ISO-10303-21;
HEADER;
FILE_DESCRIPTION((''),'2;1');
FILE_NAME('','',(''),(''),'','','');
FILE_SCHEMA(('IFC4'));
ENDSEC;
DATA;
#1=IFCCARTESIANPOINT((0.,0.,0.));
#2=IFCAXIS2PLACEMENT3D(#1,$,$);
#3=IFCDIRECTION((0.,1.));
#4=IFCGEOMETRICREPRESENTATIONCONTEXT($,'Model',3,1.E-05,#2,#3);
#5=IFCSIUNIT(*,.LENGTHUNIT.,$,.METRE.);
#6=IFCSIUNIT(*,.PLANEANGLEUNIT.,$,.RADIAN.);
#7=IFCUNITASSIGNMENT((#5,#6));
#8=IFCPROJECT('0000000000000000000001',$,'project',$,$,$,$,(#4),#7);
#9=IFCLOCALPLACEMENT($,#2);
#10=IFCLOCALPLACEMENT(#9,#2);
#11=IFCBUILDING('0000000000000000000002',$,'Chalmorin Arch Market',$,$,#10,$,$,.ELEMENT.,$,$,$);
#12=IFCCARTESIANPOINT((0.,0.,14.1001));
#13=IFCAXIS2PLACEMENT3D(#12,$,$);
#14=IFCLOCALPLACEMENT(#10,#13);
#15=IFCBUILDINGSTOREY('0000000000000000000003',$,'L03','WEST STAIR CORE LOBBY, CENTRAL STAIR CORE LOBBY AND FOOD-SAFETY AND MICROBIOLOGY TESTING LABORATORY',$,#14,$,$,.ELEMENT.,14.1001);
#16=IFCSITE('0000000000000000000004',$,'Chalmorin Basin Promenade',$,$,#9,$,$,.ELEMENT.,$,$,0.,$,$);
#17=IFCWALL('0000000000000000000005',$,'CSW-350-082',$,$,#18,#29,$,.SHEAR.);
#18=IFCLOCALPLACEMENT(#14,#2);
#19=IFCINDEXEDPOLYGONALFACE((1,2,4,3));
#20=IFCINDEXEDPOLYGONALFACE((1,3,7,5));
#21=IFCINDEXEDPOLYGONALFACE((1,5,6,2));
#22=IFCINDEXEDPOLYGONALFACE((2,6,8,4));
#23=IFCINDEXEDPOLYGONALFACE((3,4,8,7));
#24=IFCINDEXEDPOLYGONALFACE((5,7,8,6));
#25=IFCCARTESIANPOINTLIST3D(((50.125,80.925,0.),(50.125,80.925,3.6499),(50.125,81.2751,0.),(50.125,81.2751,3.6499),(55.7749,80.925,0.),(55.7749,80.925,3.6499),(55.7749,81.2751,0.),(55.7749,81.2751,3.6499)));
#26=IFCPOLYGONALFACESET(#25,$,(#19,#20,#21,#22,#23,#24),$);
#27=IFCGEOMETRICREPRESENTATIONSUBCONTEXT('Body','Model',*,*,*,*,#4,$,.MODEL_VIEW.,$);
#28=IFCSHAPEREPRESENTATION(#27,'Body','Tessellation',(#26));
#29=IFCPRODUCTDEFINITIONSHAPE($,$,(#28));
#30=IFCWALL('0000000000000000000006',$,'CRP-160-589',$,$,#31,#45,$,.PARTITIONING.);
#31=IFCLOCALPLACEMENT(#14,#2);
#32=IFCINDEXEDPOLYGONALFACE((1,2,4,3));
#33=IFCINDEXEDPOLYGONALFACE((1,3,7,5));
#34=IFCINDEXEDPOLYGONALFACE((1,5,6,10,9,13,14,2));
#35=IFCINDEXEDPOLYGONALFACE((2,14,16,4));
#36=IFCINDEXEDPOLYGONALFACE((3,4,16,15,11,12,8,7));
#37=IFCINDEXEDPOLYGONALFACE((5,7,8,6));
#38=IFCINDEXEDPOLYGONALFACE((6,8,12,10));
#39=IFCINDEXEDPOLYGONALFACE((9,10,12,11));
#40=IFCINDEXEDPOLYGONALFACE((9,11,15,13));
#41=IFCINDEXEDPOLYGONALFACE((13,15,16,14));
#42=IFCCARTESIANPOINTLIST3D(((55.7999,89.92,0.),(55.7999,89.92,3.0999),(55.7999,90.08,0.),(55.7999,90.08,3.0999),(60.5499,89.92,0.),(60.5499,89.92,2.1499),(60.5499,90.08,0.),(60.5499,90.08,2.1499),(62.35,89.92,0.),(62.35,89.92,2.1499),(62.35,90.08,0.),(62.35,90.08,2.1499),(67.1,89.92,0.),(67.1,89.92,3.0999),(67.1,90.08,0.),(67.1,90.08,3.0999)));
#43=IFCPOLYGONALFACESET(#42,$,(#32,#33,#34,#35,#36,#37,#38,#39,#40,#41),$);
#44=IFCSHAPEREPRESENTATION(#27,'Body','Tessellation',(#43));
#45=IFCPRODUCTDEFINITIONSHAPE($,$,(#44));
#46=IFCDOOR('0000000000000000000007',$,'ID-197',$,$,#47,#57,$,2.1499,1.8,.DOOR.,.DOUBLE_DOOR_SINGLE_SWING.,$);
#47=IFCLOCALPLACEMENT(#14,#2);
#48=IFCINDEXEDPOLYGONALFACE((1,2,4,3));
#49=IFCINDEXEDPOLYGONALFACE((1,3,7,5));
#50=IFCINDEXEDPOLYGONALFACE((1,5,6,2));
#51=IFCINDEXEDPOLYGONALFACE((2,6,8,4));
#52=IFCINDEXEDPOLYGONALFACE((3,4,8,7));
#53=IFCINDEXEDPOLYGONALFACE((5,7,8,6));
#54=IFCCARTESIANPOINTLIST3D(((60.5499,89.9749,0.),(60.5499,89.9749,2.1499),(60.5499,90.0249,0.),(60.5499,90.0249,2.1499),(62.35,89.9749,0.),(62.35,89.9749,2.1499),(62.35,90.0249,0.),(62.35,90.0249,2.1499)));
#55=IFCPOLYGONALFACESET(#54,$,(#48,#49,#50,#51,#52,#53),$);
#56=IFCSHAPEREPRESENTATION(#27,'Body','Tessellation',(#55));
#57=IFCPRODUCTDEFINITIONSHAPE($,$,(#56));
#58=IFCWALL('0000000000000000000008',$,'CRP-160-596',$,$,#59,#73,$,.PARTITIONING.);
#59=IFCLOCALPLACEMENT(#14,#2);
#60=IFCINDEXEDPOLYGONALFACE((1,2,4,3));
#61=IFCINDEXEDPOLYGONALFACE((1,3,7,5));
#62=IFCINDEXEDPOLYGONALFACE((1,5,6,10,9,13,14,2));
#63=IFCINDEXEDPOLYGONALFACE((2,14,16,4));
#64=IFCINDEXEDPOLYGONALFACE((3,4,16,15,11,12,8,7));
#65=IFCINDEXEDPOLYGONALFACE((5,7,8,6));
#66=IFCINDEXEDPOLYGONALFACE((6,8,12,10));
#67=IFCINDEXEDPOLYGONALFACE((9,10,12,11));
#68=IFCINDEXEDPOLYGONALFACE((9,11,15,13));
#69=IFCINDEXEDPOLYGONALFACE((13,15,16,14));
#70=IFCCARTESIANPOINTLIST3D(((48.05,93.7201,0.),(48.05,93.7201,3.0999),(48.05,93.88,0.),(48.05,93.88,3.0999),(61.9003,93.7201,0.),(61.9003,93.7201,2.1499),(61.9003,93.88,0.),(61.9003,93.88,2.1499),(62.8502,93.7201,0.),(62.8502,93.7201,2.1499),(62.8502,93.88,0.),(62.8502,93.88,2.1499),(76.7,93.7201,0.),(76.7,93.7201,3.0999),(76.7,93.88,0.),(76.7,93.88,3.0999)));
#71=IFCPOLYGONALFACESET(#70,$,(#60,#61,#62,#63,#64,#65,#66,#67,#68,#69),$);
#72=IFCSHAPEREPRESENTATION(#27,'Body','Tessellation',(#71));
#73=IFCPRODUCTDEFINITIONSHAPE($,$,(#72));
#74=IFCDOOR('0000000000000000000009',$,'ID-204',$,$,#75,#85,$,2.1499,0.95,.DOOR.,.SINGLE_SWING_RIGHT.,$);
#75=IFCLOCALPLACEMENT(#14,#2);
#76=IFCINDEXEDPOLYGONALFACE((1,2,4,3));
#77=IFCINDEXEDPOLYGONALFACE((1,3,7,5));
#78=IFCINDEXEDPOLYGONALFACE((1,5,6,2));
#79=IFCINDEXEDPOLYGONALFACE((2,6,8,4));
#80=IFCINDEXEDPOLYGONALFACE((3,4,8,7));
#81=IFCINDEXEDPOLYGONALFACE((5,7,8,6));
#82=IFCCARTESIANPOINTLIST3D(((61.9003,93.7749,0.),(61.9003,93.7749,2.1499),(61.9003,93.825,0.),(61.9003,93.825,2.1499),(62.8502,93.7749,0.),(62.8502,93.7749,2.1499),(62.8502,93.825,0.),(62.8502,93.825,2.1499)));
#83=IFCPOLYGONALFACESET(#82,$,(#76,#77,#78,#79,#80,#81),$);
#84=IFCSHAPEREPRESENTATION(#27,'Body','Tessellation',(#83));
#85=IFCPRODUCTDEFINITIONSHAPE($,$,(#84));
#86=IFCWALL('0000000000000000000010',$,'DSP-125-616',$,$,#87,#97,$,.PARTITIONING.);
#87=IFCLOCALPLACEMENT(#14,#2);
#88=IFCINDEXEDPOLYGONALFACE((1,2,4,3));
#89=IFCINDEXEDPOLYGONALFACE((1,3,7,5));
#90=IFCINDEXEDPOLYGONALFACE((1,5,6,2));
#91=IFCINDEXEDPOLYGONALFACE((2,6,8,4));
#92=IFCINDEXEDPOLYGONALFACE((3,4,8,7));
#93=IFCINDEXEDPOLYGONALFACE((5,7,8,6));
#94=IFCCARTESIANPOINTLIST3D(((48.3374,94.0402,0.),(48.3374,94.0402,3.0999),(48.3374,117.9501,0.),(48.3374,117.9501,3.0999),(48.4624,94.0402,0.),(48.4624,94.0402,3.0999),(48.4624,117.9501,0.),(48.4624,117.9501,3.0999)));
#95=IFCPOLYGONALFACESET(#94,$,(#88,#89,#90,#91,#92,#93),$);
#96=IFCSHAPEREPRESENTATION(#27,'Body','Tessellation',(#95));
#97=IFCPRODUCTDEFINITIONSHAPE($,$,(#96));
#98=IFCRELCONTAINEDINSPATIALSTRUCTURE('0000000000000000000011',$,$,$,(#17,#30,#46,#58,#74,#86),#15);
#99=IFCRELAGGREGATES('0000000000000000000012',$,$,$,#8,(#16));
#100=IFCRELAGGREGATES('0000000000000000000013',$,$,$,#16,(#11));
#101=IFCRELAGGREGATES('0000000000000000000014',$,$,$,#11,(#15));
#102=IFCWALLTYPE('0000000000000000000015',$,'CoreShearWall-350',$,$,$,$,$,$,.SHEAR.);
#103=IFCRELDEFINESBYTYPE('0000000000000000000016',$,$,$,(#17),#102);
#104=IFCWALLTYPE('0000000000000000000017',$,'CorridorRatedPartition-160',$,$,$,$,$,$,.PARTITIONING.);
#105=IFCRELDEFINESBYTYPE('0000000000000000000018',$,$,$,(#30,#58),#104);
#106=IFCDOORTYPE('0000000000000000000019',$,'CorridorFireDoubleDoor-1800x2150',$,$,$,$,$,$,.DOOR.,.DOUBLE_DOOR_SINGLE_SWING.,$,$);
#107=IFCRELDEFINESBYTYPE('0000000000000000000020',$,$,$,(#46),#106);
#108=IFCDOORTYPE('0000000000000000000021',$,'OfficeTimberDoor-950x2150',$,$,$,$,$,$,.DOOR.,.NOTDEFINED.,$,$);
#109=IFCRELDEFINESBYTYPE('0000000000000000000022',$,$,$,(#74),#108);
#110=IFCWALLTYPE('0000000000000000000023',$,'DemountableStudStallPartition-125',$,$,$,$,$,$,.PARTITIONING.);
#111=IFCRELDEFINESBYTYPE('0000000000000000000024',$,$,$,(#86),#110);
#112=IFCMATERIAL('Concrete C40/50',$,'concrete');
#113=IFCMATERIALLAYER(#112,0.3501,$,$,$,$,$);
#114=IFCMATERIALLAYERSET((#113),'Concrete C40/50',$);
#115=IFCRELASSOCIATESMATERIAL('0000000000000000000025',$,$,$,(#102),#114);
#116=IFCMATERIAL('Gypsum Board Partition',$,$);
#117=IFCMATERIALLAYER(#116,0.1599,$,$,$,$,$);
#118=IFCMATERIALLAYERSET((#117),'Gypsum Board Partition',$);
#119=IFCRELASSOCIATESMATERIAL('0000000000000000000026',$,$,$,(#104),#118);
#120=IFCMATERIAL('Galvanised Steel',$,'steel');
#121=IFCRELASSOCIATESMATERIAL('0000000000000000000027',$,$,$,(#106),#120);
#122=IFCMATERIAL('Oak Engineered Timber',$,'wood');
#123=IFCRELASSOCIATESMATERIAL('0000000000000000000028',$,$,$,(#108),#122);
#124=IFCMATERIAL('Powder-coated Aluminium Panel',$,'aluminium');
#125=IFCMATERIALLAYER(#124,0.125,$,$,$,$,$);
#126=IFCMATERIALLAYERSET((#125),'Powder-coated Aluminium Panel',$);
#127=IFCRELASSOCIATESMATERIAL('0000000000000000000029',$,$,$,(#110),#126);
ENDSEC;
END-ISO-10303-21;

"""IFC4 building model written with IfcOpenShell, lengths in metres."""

from ifc_helpers import new_model, si_unit, direction, frame, frame_2d, origin, place, context, subcontext, project, spatial, rectangle, extrude, material, layer, layer_set, type_object, element, fill, save


model = new_model("IFC4")

# Units and contexts
model_context = context("Model", 3, precision=1e-05, world=origin(), true_north=direction((0.0, 1.0)))
body_context = subcontext(model_context, "Body", "Model", "MODEL_VIEW")
ifc_project = project(units=[si_unit("LENGTHUNIT", "METRE"), si_unit("PLANEANGLEUNIT", "RADIAN")], contexts=[model_context])

# Site, building, storey
site_placement = place(None, origin())
site = spatial("IfcSite", under=ifc_project, at=site_placement, Name="Chalmorin Basin Promenade", CompositionType="ELEMENT", RefElevation=0.0)
building_placement = place(site_placement, origin())
building = spatial("IfcBuilding", under=site, at=building_placement, Name="Chalmorin Arch Market", CompositionType="ELEMENT")
storey_placement = place(building_placement, frame((0.0, 0.0, 14.1001)))
storey = spatial("IfcBuildingStorey", under=building, at=storey_placement, Name="L03", Description="WEST STAIR CORE LOBBY, CENTRAL STAIR CORE LOBBY AND FOOD-SAFETY AND MICROBIOLOGY TESTING LABORATORY", CompositionType="ELEMENT", Elevation=14.1001)

# Shared definitions
ifc_material_1 = material(Name="Concrete C40/50", Category="concrete")

# Wall
ifc_layer_1 = layer(ifc_material_1, 0.3501)
ifc_layer_set_1 = layer_set([ifc_layer_1], Name="Concrete C40/50")
wall_type_1 = type_object("IfcWallType", Name="CoreShearWall-350", PredefinedType="SHEAR", material=ifc_layer_set_1)
wall_1_placement = place(storey_placement, frame((50.125, 81.1001, 0.0), z_axis=(0.0, 0.0, 1.0), x_axis=(1.0, 0.0, 0.0)))
element("IfcWall", 1, at=wall_1_placement, inside=storey, type_object=wall_type_1, Name="CSW-350-082", PredefinedType="SHEAR", context=body_context, shape_type="SweptSolid", body=[
    extrude(rectangle(XDim=5.6499, YDim=0.3501, at=frame_2d((2.825, 0.0))), origin(), (0.0, 0.0, 1.0), 3.6499),
])

# Walls, openings, doors
ifc_material_2 = material(Name="Galvanised Steel", Category="steel")
ifc_material_3 = material(Name="Gypsum Board Partition")
ifc_layer_2 = layer(ifc_material_3, 0.1599)
ifc_layer_set_2 = layer_set([ifc_layer_2], Name="Gypsum Board Partition")
wall_type_2 = type_object("IfcWallType", Name="CorridorRatedPartition-160", PredefinedType="PARTITIONING", material=ifc_layer_set_2)
wall_2_placement = place(storey_placement, frame((55.8, 90.0, 0.0), z_axis=(0.0, 0.0, 1.0), x_axis=(1.0, 0.0, 0.0)))
wall_2 = element("IfcWall", 2, at=wall_2_placement, inside=storey, type_object=wall_type_2, Name="CRP-160-589", PredefinedType="PARTITIONING", context=body_context, shape_type="SweptSolid", body=[
    extrude(rectangle(XDim=11.3, YDim=0.1599, at=frame_2d((5.6499, 0.0))), origin(), (0.0, 0.0, 1.0), 3.0999),
])
opening_1_placement = place(wall_2_placement, frame((4.75, 0.0, 0.0)))
opening_1 = element("IfcOpeningElement", 3, at=opening_1_placement, cuts=wall_2, PredefinedType="OPENING", context=body_context, shape_type="SweptSolid", body=[
    extrude(rectangle(XDim=1.8, YDim=2.1499, at=frame_2d((0.8999, 1.075))), frame((0.0, 0.0898, 0.0), z_axis=(0.0, -1.0, 0.0), x_axis=(1.0, 0.0, 0.0)), (0.0, 0.0, 1.0), 0.1799),
])
door_type_1 = type_object("IfcDoorType", Name="CorridorFireDoubleDoor-1800x2150", OperationType="DOUBLE_DOOR_SINGLE_SWING", PredefinedType="DOOR", material=ifc_material_2)
door_1_placement = place(opening_1_placement, origin())
door_1 = element("IfcDoor", 4, at=door_1_placement, inside=storey, type_object=door_type_1, Name="ID-197", OperationType="DOUBLE_DOOR_SINGLE_SWING", OverallHeight=2.1499, OverallWidth=1.8, PredefinedType="DOOR", context=body_context, shape_type="SweptSolid", body=[
    extrude(rectangle(XDim=1.8, YDim=2.1499, at=frame_2d((0.8999, 1.075))), frame((0.0, 0.0249, 0.0), z_axis=(0.0, -1.0, 0.0), x_axis=(1.0, 0.0, 0.0)), (0.0, 0.0, 1.0), 0.05),
])
fill(opening_1, door_1)
wall_3_placement = place(storey_placement, frame((48.05, 93.8, 0.0), z_axis=(0.0, 0.0, 1.0), x_axis=(1.0, 0.0, 0.0)))
wall_3 = element("IfcWall", 5, at=wall_3_placement, inside=storey, type_object=wall_type_2, Name="CRP-160-596", PredefinedType="PARTITIONING", context=body_context, shape_type="SweptSolid", body=[
    extrude(rectangle(XDim=28.6499, YDim=0.1599, at=frame_2d((14.325, 0.0))), origin(), (0.0, 0.0, 1.0), 3.0999),
])
opening_2_placement = place(wall_3_placement, frame((13.8501, 0.0, 0.0)))
opening_2 = element("IfcOpeningElement", 6, at=opening_2_placement, cuts=wall_3, PredefinedType="OPENING", context=body_context, shape_type="SweptSolid", body=[
    extrude(rectangle(XDim=0.95, YDim=2.1499, at=frame_2d((0.4751, 1.075))), frame((0.0, 0.0898, 0.0), z_axis=(0.0, -1.0, 0.0), x_axis=(1.0, 0.0, 0.0)), (0.0, 0.0, 1.0), 0.1799),
])
ifc_material_4 = material(Name="Oak Engineered Timber", Category="wood")
door_type_2 = type_object("IfcDoorType", Name="OfficeTimberDoor-950x2150", OperationType="NOTDEFINED", PredefinedType="DOOR", material=ifc_material_4)
door_2_placement = place(opening_2_placement, origin())
door_2 = element("IfcDoor", 7, at=door_2_placement, inside=storey, type_object=door_type_2, Name="ID-204", OperationType="SINGLE_SWING_RIGHT", OverallHeight=2.1499, OverallWidth=0.95, PredefinedType="DOOR", context=body_context, shape_type="SweptSolid", body=[
    extrude(rectangle(XDim=0.95, YDim=2.1499, at=frame_2d((0.4751, 1.075))), frame((0.0, 0.0249, 0.0), z_axis=(0.0, -1.0, 0.0), x_axis=(1.0, 0.0, 0.0)), (0.0, 0.0, 1.0), 0.05),
])
fill(opening_2, door_2)

# Wall
ifc_material_5 = material(Name="Powder-coated Aluminium Panel", Category="aluminium")
ifc_layer_3 = layer(ifc_material_5, 0.125)
ifc_layer_set_3 = layer_set([ifc_layer_3], Name="Powder-coated Aluminium Panel")
wall_type_3 = type_object("IfcWallType", Name="DemountableStudStallPartition-125", PredefinedType="PARTITIONING", material=ifc_layer_set_3)
wall_4_placement = place(storey_placement, frame((48.3999, 94.04, 0.0), z_axis=(0.0, 0.0, 1.0), x_axis=(0.0, 1.0, 0.0)))
element("IfcWall", 8, at=wall_4_placement, inside=storey, type_object=wall_type_3, Name="DSP-125-616", PredefinedType="PARTITIONING", context=body_context, shape_type="SweptSolid", body=[
    extrude(rectangle(XDim=23.9099, YDim=0.125, at=frame_2d((11.9551, 0.0))), origin(), (0.0, 0.0, 1.0), 3.0999),
])

save(model, "model.ifc")
